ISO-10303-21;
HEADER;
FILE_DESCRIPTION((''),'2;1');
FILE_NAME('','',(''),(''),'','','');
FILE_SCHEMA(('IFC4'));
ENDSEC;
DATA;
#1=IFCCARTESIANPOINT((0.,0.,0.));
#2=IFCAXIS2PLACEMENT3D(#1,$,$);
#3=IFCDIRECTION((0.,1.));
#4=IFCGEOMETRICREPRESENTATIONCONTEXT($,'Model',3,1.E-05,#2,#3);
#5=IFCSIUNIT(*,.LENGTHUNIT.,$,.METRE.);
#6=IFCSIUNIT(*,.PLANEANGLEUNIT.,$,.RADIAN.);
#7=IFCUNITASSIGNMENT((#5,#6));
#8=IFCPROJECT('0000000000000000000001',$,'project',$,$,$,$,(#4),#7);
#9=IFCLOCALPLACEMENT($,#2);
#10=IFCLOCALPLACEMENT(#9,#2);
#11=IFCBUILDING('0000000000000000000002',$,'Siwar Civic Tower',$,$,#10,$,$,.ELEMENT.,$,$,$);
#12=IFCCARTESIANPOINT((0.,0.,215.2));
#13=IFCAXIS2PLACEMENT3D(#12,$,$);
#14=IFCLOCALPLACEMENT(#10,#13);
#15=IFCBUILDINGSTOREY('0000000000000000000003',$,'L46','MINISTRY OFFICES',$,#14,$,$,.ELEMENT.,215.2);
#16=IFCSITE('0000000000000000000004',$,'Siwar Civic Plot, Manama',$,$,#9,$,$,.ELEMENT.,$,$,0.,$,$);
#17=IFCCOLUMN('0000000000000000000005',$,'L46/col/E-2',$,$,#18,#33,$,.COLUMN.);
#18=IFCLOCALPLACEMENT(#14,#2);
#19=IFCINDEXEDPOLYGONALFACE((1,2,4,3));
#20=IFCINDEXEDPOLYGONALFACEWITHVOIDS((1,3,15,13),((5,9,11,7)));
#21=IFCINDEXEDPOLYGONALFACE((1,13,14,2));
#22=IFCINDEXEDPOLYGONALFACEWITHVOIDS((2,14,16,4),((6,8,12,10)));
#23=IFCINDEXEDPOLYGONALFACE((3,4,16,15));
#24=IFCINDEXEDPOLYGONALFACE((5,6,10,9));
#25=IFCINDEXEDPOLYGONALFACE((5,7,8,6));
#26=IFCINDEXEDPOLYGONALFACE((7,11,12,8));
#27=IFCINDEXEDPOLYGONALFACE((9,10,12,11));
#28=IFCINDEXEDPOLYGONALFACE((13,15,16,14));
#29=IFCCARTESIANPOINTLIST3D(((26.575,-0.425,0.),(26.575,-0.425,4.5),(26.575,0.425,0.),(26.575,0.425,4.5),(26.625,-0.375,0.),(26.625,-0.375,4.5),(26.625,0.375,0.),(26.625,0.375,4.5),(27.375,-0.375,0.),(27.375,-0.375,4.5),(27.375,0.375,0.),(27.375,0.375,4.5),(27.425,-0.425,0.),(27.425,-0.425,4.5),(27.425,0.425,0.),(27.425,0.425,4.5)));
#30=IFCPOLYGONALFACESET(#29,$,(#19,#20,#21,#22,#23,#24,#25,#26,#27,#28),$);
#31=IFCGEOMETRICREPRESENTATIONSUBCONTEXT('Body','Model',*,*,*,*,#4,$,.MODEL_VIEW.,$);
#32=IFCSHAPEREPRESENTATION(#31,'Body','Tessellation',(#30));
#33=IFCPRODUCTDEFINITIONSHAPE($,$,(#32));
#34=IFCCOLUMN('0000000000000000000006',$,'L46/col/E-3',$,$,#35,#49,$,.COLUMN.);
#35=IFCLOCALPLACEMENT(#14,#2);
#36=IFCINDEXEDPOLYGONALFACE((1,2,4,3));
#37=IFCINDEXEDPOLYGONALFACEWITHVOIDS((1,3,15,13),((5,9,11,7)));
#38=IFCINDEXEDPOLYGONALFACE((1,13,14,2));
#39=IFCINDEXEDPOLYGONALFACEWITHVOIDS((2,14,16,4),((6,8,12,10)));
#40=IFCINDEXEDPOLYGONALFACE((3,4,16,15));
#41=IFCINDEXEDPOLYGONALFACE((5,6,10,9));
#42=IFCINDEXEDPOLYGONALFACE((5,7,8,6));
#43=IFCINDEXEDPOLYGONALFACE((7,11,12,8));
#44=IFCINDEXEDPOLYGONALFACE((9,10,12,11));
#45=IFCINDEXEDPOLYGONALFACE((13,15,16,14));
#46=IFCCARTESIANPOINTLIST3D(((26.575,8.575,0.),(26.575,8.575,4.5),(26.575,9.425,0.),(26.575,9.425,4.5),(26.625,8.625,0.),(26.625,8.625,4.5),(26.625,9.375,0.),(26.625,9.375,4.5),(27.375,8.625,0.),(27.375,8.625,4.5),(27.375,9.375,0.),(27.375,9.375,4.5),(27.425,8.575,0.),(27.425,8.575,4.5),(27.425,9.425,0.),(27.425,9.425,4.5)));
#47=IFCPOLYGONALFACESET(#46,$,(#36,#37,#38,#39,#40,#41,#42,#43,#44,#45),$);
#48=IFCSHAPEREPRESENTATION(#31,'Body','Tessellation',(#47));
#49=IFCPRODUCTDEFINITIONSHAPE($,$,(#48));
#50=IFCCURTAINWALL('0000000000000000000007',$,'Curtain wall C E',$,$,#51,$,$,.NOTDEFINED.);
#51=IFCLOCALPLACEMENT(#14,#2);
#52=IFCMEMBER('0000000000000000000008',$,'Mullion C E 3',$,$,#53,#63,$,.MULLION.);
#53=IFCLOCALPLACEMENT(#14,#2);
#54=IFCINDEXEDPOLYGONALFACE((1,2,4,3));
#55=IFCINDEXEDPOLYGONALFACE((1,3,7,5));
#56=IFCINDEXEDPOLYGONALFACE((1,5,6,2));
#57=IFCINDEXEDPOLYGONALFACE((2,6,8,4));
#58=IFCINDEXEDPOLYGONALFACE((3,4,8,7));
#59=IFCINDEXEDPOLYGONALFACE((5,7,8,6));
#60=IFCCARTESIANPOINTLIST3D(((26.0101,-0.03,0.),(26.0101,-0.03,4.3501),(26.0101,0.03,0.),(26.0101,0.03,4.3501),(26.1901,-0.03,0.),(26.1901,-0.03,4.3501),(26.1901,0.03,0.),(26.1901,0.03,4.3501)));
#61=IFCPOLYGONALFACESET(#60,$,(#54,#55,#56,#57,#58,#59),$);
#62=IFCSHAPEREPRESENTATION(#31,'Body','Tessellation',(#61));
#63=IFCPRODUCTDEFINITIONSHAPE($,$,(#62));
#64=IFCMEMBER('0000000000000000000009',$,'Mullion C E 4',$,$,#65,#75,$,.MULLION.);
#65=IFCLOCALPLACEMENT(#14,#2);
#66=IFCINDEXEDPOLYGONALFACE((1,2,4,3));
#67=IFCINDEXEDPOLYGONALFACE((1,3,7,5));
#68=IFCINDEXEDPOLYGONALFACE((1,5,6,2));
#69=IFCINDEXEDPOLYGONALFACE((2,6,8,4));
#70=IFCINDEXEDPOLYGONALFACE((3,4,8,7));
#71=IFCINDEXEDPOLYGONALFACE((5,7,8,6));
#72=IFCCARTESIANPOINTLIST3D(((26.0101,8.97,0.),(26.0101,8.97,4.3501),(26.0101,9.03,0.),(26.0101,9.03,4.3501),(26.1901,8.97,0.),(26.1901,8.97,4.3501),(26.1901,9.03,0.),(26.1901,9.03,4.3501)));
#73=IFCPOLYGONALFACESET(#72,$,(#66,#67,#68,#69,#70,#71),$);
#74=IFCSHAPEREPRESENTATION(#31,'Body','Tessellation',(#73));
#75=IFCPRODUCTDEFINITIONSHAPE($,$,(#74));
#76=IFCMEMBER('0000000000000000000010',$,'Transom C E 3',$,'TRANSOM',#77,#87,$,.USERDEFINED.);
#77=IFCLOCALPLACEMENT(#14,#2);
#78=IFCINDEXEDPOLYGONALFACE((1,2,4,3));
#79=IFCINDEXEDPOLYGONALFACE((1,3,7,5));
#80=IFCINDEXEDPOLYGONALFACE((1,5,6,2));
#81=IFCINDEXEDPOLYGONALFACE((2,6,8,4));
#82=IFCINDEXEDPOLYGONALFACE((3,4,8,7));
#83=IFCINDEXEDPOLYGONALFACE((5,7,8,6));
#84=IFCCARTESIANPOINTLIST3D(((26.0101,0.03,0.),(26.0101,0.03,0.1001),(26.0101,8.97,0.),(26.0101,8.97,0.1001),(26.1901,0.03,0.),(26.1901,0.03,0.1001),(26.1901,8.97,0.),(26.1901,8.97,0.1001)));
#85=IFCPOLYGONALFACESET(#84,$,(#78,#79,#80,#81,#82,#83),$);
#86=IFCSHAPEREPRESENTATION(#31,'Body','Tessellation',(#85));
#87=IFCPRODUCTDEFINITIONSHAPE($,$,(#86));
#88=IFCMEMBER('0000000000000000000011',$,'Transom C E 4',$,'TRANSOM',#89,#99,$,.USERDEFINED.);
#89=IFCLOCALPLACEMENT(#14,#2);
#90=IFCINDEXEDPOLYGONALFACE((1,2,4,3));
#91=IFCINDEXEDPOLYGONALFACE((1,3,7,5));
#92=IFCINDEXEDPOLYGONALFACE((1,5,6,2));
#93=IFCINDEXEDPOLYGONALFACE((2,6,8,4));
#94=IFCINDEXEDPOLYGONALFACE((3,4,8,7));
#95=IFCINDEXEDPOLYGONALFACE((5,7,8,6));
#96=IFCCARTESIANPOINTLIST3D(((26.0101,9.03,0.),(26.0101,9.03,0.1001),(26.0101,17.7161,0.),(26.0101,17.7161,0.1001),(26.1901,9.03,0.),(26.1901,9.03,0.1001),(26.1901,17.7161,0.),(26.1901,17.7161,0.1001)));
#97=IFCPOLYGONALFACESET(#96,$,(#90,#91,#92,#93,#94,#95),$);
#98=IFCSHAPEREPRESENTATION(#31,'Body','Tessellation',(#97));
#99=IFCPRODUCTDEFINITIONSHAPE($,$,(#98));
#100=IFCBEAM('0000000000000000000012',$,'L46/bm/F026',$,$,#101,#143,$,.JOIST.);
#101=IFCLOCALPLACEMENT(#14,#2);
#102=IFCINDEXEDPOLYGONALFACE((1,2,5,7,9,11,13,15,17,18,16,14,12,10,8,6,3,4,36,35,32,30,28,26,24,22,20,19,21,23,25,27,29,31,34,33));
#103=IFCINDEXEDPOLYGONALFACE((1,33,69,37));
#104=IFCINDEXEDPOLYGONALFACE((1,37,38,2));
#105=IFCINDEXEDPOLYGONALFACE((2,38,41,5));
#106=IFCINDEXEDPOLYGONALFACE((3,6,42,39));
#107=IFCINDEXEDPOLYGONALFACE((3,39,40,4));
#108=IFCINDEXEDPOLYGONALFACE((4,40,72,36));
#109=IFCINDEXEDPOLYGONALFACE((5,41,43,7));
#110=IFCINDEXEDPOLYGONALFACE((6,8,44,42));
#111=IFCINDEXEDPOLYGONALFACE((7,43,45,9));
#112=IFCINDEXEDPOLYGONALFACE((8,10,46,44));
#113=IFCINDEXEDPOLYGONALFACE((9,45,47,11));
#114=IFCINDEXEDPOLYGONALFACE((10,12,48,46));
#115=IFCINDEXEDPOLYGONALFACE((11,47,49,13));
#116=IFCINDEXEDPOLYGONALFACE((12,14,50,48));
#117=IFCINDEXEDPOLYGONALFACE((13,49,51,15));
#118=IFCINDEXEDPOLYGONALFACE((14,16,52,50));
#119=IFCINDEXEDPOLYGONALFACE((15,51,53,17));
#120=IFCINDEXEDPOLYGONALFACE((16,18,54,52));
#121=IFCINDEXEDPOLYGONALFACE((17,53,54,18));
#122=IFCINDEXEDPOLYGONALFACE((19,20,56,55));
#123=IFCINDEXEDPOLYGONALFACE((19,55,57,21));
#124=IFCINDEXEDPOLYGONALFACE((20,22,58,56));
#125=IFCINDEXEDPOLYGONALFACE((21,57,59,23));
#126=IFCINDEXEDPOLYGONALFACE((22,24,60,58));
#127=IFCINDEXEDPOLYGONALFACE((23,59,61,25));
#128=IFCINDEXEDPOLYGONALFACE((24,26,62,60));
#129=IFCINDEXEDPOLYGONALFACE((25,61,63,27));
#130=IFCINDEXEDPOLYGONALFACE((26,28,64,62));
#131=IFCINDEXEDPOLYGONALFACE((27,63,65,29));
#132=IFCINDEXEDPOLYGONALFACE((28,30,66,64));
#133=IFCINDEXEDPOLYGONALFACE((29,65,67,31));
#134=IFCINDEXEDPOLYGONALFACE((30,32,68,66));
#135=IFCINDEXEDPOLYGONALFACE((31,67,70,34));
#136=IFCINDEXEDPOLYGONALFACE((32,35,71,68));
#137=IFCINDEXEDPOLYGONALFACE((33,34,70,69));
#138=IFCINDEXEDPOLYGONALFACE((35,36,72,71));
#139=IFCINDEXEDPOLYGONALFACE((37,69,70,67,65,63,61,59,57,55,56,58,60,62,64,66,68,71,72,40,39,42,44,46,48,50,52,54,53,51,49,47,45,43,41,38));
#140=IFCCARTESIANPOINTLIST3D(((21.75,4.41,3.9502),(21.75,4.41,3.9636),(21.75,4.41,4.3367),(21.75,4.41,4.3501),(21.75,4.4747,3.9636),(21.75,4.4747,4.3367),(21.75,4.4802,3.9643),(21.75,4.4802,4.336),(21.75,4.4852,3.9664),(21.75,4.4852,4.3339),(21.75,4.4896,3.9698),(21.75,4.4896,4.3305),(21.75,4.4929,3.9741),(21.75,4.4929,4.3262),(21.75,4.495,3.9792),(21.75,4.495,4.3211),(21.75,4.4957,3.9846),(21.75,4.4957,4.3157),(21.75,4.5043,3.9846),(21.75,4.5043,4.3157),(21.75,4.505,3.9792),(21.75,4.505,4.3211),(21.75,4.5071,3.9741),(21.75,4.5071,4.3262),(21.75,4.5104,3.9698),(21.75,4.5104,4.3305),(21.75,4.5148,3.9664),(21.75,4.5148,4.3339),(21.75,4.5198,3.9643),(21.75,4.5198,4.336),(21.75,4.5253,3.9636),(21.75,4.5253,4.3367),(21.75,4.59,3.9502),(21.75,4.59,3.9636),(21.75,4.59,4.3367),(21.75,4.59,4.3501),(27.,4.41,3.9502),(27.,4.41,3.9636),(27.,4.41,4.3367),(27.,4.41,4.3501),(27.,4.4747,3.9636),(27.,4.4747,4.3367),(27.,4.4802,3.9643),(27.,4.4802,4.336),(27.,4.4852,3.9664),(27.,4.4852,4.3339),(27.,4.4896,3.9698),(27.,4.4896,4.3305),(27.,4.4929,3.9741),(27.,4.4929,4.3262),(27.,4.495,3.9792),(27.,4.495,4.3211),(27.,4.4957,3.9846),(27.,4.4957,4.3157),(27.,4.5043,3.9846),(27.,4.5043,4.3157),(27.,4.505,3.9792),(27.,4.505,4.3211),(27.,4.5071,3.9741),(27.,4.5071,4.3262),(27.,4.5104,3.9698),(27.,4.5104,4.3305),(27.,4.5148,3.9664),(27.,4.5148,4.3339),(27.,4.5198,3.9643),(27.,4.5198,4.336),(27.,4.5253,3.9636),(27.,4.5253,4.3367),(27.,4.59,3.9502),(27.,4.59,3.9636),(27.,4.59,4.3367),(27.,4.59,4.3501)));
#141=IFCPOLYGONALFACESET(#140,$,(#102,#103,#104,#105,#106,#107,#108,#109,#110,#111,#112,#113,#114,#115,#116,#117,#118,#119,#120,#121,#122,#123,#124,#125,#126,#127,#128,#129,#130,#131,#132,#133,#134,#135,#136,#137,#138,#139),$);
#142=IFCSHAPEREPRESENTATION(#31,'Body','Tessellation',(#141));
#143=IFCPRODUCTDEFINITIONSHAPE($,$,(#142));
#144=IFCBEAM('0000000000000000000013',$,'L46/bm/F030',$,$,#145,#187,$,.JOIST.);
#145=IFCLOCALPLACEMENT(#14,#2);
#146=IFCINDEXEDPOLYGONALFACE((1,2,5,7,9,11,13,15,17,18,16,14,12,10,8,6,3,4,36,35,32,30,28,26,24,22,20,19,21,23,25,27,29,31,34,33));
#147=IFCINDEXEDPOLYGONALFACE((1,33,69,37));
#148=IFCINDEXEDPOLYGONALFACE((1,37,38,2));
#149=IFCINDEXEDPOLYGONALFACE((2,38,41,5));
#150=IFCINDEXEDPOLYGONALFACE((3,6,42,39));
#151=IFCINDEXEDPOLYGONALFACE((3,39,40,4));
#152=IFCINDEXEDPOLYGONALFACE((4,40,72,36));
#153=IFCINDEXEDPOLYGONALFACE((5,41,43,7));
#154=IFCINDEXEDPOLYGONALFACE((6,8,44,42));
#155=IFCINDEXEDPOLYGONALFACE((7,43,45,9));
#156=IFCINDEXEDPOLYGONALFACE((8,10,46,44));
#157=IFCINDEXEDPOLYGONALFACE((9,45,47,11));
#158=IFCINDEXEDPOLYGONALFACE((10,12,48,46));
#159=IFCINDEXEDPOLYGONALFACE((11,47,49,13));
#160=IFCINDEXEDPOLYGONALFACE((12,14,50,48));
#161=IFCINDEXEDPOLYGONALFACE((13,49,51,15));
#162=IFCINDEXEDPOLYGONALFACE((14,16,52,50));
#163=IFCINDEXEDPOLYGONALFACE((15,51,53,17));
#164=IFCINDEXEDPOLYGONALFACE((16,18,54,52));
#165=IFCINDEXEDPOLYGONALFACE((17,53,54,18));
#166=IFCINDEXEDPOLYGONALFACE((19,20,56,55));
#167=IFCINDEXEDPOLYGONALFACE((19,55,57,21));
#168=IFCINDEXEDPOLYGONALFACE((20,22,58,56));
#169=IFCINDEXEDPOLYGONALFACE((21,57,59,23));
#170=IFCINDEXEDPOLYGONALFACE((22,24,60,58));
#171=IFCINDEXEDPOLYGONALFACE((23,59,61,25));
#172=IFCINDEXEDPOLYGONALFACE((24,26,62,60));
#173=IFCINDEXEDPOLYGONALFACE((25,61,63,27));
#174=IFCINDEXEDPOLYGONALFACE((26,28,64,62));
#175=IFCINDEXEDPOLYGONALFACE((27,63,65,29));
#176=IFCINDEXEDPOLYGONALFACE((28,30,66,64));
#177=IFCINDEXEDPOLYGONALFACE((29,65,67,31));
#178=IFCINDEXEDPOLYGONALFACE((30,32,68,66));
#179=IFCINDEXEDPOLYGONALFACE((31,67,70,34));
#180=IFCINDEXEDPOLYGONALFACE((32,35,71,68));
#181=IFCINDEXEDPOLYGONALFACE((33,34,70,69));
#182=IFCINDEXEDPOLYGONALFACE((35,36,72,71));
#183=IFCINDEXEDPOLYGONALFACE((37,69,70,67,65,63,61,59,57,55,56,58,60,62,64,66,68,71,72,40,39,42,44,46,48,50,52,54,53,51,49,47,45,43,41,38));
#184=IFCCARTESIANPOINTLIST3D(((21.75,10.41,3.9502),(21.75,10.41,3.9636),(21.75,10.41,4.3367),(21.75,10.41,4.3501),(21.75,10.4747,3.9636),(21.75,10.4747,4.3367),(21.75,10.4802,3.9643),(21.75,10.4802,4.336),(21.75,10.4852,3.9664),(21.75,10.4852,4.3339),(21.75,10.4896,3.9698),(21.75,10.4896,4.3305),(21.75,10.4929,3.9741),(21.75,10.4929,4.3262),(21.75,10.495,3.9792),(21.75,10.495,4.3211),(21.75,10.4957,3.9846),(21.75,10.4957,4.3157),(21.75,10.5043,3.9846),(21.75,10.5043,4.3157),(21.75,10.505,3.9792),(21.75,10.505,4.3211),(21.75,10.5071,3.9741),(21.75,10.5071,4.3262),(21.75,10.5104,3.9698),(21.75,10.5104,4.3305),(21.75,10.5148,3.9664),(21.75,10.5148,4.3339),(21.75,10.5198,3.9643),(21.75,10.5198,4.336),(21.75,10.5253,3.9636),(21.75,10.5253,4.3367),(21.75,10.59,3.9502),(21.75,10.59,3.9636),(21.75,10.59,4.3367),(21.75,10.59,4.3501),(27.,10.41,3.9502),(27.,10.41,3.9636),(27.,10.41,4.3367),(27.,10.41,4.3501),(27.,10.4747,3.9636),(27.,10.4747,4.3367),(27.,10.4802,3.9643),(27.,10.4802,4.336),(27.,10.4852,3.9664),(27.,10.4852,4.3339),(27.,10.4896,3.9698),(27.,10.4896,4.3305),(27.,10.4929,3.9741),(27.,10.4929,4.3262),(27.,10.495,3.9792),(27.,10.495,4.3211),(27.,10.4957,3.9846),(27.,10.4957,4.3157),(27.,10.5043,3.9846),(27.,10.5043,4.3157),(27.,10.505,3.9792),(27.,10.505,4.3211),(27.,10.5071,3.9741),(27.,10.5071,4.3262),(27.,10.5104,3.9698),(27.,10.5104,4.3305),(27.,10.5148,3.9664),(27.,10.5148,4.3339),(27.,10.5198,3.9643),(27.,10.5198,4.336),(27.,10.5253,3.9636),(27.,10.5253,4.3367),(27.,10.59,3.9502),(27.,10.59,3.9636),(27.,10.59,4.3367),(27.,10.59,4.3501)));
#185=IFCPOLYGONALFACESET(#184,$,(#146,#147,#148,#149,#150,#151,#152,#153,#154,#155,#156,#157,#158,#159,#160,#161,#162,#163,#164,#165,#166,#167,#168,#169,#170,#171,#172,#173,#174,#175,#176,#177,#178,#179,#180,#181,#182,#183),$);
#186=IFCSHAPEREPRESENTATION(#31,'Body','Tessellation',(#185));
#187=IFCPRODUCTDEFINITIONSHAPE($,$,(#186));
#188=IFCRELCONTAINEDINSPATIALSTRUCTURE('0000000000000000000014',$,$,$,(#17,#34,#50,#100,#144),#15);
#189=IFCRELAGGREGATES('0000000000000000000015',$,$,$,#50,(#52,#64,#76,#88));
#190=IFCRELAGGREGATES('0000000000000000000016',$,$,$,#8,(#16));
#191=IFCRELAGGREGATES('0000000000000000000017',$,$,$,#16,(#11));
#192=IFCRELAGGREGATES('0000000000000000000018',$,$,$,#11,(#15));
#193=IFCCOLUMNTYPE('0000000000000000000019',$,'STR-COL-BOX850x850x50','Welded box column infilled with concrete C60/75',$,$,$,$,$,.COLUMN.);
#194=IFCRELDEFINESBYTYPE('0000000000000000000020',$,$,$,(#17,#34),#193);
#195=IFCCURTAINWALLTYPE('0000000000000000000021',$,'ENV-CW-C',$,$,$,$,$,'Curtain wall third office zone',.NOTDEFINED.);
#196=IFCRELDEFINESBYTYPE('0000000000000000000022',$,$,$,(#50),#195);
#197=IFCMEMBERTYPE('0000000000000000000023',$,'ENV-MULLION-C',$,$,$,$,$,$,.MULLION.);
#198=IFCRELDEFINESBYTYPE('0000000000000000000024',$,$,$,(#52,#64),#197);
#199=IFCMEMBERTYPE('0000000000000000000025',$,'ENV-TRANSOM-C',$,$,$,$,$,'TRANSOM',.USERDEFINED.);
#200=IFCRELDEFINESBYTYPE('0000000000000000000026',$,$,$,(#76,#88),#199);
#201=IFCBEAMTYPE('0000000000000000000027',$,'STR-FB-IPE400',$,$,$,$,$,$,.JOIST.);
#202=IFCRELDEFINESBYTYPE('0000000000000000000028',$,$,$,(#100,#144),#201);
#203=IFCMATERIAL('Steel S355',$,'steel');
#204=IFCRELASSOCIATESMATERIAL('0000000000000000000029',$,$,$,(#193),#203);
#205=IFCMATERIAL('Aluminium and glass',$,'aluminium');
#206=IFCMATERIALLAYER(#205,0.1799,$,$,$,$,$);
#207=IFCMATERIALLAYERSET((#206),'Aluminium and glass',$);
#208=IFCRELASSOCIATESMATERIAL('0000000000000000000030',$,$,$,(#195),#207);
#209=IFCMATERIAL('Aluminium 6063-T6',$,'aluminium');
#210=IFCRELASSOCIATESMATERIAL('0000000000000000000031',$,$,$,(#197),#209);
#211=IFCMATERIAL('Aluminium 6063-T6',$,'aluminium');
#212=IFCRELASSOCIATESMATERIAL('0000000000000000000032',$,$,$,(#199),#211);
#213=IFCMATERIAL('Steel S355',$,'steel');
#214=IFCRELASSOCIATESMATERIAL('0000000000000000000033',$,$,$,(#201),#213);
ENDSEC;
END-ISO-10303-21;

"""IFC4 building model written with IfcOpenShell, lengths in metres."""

from ifc_helpers import new_model, si_unit, direction, frame, origin, origin_2d, place, context, subcontext, project, spatial, rectangle, hollow_rectangle, i_section, extrude, material, layer, layer_set, material_profile, profile_set, type_object, element, aggregate, save


model = new_model("IFC4")

# Units and contexts
model_context = context("Model", 3, precision=1e-05, world=origin(), true_north=direction((0.0, 1.0)))
body_context = subcontext(model_context, "Body", "Model", "MODEL_VIEW")
ifc_project = project(units=[si_unit("LENGTHUNIT", "METRE"), si_unit("PLANEANGLEUNIT", "RADIAN")], contexts=[model_context])

# Site, building, storey
site_placement = place(None, origin())
site = spatial("IfcSite", under=ifc_project, at=site_placement, Name="Siwar Civic Plot, Manama", CompositionType="ELEMENT", RefElevation=0.0)
building_placement = place(site_placement, origin())
building = spatial("IfcBuilding", under=site, at=building_placement, Name="Siwar Civic Tower", CompositionType="ELEMENT")
storey_placement = place(building_placement, frame((0.0, 0.0, 215.2)))
storey = spatial("IfcBuildingStorey", under=building, at=storey_placement, Name="L46", Description="MINISTRY OFFICES", CompositionType="ELEMENT", Elevation=215.2)

# Columns
ifc_material_1 = material(Name="Steel S355", Category="steel")
ifc_material_profile_1 = material_profile(ifc_material_1, hollow_rectangle(XDim=0.8501, YDim=0.8501, WallThickness=0.05, at=origin_2d()), Name="BOX850x850x50")
ifc_profile_set_1 = profile_set([ifc_material_profile_1], Name="Steel S355")
column_type = type_object("IfcColumnType", Name="STR-COL-BOX850x850x50", Description="Welded box column infilled with concrete C60/75", PredefinedType="COLUMN", material=ifc_profile_set_1)
for number, where, z_axis, x_axis, name in (
    (1, (27.0, 0.0, 0.0), (0.0, 0.0, 1.0), (1.0, 0.0, 0.0), "L46/col/E-2"),
    (2, (27.0, 9.0, 0.0), (0.0, 0.0, 1.0), (1.0, 0.0, 0.0), "L46/col/E-3"),
):
    element("IfcColumn", number, at=place(storey_placement, frame(where, z_axis=z_axis, x_axis=x_axis)), inside=storey, type_object=column_type, Name=name, PredefinedType="COLUMN", context=body_context, shape_type="SweptSolid", body=[
        extrude(hollow_rectangle(XDim=0.8501, YDim=0.8501, WallThickness=0.05, at=origin_2d()), origin(), (0.0, 0.0, 1.0), 4.5),
    ])

# Curtain wall, members
ifc_material_2 = material(Name="Aluminium and glass", Category="aluminium")
ifc_layer_1 = layer(ifc_material_2, 0.1799)
ifc_layer_set_1 = layer_set([ifc_layer_1], Name="Aluminium and glass")
curtain_wall_type = type_object("IfcCurtainWallType", Name="ENV-CW-C", ElementType="Curtain wall third office zone", PredefinedType="NOTDEFINED", material=ifc_layer_set_1)
curtain_wall_placement = place(storey_placement, origin())
curtain_wall = element("IfcCurtainWall", 3, at=curtain_wall_placement, inside=storey, type_object=curtain_wall_type, Name="Curtain wall C E", PredefinedType="NOTDEFINED")
ifc_material_3 = material(Name="Aluminium 6063-T6", Category="aluminium")
ifc_material_profile_2 = material_profile(ifc_material_3, rectangle(XDim=0.1799, YDim=0.0601, at=origin_2d()), Name="AL 180x60")
ifc_profile_set_2 = profile_set([ifc_material_profile_2], Name="Aluminium 6063-T6")
member_type_1 = type_object("IfcMemberType", Name="ENV-MULLION-C", PredefinedType="MULLION", material=ifc_profile_set_2)
member_1_placement = place(storey_placement, frame((26.1001, 0.0, 0.0), z_axis=(0.0, 0.0, 1.0), x_axis=(-1.0, 0.0, 0.0)))
member_1 = element("IfcMember", 4, at=member_1_placement, type_object=member_type_1, Name="Mullion C E 3", PredefinedType="MULLION", context=body_context, shape_type="SweptSolid", body=[
    extrude(rectangle(XDim=0.1799, YDim=0.0601, at=origin_2d()), origin(), (0.0, 0.0, 1.0), 4.3501),
])
member_2_placement = place(storey_placement, frame((26.1001, 9.0, 0.0), z_axis=(0.0, 0.0, 1.0), x_axis=(-1.0, 0.0, 0.0)))
member_2 = element("IfcMember", 5, at=member_2_placement, type_object=member_type_1, Name="Mullion C E 4", PredefinedType="MULLION", context=body_context, shape_type="SweptSolid", body=[
    extrude(rectangle(XDim=0.1799, YDim=0.0601, at=origin_2d()), origin(), (0.0, 0.0, 1.0), 4.3501),
])
ifc_material_4 = material(Name="Aluminium 6063-T6", Category="aluminium")
ifc_material_profile_3 = material_profile(ifc_material_4, rectangle(XDim=0.1799, YDim=0.1001, at=origin_2d()), Name="AL 180x100")
ifc_profile_set_3 = profile_set([ifc_material_profile_3], Name="Aluminium 6063-T6")
member_type_2 = type_object("IfcMemberType", Name="ENV-TRANSOM-C", ElementType="TRANSOM", PredefinedType="USERDEFINED", material=ifc_profile_set_3)
member_3_placement = place(storey_placement, frame((26.1001, 0.03, 0.05), z_axis=(0.0, 1.0, 0.0), x_axis=(-1.0, 0.0, 0.0)))
member_3 = element("IfcMember", 6, at=member_3_placement, type_object=member_type_2, Name="Transom C E 3", ObjectType="TRANSOM", PredefinedType="USERDEFINED", context=body_context, shape_type="SweptSolid", body=[
    extrude(rectangle(XDim=0.1799, YDim=0.1001, at=origin_2d()), origin(), (0.0, 0.0, 1.0), 8.9399),
])
member_4_placement = place(storey_placement, frame((26.1001, 9.03, 0.05), z_axis=(0.0, 1.0, 0.0), x_axis=(-1.0, 0.0, 0.0)))
member_4 = element("IfcMember", 7, at=member_4_placement, type_object=member_type_2, Name="Transom C E 4", ObjectType="TRANSOM", PredefinedType="USERDEFINED", context=body_context, shape_type="SweptSolid", body=[
    extrude(rectangle(XDim=0.1799, YDim=0.1001, at=origin_2d()), origin(), (0.0, 0.0, 1.0), 8.686),
])

# Beams
ifc_material_5 = material(Name="Steel S355", Category="steel")
ifc_material_profile_4 = material_profile(ifc_material_5, i_section(OverallWidth=0.1799, OverallDepth=0.3999, WebThickness=0.0085, FlangeThickness=0.0134, FilletRadius=0.021, at=origin_2d()), Name="IPE400")
ifc_profile_set_4 = profile_set([ifc_material_profile_4], Name="Steel S355")
beam_type_1 = type_object("IfcBeamType", Name="STR-FB-IPE400", PredefinedType="JOIST", material=ifc_profile_set_4)
for number, where, z_axis, x_axis, name in (
    (8, (21.75, 4.5, 4.1501), (1.0, 0.0, 0.0), (0.0, 1.0, 0.0), "L46/bm/F026"),
    (9, (21.75, 10.5, 4.1501), (1.0, 0.0, 0.0), (0.0, 1.0, 0.0), "L46/bm/F030"),
):
    element("IfcBeam", number, at=place(storey_placement, frame(where, z_axis=z_axis, x_axis=x_axis)), inside=storey, type_object=beam_type_1, Name=name, PredefinedType="JOIST", context=body_context, shape_type="SweptSolid", body=[
        extrude(i_section(OverallWidth=0.1799, OverallDepth=0.3999, WebThickness=0.0085, FlangeThickness=0.0134, FilletRadius=0.021, at=origin_2d()), origin(), (0.0, 0.0, 1.0), 5.25),
    ])

aggregate(curtain_wall, [member_1, member_2, member_3, member_4])

save(model, "model.ifc")
